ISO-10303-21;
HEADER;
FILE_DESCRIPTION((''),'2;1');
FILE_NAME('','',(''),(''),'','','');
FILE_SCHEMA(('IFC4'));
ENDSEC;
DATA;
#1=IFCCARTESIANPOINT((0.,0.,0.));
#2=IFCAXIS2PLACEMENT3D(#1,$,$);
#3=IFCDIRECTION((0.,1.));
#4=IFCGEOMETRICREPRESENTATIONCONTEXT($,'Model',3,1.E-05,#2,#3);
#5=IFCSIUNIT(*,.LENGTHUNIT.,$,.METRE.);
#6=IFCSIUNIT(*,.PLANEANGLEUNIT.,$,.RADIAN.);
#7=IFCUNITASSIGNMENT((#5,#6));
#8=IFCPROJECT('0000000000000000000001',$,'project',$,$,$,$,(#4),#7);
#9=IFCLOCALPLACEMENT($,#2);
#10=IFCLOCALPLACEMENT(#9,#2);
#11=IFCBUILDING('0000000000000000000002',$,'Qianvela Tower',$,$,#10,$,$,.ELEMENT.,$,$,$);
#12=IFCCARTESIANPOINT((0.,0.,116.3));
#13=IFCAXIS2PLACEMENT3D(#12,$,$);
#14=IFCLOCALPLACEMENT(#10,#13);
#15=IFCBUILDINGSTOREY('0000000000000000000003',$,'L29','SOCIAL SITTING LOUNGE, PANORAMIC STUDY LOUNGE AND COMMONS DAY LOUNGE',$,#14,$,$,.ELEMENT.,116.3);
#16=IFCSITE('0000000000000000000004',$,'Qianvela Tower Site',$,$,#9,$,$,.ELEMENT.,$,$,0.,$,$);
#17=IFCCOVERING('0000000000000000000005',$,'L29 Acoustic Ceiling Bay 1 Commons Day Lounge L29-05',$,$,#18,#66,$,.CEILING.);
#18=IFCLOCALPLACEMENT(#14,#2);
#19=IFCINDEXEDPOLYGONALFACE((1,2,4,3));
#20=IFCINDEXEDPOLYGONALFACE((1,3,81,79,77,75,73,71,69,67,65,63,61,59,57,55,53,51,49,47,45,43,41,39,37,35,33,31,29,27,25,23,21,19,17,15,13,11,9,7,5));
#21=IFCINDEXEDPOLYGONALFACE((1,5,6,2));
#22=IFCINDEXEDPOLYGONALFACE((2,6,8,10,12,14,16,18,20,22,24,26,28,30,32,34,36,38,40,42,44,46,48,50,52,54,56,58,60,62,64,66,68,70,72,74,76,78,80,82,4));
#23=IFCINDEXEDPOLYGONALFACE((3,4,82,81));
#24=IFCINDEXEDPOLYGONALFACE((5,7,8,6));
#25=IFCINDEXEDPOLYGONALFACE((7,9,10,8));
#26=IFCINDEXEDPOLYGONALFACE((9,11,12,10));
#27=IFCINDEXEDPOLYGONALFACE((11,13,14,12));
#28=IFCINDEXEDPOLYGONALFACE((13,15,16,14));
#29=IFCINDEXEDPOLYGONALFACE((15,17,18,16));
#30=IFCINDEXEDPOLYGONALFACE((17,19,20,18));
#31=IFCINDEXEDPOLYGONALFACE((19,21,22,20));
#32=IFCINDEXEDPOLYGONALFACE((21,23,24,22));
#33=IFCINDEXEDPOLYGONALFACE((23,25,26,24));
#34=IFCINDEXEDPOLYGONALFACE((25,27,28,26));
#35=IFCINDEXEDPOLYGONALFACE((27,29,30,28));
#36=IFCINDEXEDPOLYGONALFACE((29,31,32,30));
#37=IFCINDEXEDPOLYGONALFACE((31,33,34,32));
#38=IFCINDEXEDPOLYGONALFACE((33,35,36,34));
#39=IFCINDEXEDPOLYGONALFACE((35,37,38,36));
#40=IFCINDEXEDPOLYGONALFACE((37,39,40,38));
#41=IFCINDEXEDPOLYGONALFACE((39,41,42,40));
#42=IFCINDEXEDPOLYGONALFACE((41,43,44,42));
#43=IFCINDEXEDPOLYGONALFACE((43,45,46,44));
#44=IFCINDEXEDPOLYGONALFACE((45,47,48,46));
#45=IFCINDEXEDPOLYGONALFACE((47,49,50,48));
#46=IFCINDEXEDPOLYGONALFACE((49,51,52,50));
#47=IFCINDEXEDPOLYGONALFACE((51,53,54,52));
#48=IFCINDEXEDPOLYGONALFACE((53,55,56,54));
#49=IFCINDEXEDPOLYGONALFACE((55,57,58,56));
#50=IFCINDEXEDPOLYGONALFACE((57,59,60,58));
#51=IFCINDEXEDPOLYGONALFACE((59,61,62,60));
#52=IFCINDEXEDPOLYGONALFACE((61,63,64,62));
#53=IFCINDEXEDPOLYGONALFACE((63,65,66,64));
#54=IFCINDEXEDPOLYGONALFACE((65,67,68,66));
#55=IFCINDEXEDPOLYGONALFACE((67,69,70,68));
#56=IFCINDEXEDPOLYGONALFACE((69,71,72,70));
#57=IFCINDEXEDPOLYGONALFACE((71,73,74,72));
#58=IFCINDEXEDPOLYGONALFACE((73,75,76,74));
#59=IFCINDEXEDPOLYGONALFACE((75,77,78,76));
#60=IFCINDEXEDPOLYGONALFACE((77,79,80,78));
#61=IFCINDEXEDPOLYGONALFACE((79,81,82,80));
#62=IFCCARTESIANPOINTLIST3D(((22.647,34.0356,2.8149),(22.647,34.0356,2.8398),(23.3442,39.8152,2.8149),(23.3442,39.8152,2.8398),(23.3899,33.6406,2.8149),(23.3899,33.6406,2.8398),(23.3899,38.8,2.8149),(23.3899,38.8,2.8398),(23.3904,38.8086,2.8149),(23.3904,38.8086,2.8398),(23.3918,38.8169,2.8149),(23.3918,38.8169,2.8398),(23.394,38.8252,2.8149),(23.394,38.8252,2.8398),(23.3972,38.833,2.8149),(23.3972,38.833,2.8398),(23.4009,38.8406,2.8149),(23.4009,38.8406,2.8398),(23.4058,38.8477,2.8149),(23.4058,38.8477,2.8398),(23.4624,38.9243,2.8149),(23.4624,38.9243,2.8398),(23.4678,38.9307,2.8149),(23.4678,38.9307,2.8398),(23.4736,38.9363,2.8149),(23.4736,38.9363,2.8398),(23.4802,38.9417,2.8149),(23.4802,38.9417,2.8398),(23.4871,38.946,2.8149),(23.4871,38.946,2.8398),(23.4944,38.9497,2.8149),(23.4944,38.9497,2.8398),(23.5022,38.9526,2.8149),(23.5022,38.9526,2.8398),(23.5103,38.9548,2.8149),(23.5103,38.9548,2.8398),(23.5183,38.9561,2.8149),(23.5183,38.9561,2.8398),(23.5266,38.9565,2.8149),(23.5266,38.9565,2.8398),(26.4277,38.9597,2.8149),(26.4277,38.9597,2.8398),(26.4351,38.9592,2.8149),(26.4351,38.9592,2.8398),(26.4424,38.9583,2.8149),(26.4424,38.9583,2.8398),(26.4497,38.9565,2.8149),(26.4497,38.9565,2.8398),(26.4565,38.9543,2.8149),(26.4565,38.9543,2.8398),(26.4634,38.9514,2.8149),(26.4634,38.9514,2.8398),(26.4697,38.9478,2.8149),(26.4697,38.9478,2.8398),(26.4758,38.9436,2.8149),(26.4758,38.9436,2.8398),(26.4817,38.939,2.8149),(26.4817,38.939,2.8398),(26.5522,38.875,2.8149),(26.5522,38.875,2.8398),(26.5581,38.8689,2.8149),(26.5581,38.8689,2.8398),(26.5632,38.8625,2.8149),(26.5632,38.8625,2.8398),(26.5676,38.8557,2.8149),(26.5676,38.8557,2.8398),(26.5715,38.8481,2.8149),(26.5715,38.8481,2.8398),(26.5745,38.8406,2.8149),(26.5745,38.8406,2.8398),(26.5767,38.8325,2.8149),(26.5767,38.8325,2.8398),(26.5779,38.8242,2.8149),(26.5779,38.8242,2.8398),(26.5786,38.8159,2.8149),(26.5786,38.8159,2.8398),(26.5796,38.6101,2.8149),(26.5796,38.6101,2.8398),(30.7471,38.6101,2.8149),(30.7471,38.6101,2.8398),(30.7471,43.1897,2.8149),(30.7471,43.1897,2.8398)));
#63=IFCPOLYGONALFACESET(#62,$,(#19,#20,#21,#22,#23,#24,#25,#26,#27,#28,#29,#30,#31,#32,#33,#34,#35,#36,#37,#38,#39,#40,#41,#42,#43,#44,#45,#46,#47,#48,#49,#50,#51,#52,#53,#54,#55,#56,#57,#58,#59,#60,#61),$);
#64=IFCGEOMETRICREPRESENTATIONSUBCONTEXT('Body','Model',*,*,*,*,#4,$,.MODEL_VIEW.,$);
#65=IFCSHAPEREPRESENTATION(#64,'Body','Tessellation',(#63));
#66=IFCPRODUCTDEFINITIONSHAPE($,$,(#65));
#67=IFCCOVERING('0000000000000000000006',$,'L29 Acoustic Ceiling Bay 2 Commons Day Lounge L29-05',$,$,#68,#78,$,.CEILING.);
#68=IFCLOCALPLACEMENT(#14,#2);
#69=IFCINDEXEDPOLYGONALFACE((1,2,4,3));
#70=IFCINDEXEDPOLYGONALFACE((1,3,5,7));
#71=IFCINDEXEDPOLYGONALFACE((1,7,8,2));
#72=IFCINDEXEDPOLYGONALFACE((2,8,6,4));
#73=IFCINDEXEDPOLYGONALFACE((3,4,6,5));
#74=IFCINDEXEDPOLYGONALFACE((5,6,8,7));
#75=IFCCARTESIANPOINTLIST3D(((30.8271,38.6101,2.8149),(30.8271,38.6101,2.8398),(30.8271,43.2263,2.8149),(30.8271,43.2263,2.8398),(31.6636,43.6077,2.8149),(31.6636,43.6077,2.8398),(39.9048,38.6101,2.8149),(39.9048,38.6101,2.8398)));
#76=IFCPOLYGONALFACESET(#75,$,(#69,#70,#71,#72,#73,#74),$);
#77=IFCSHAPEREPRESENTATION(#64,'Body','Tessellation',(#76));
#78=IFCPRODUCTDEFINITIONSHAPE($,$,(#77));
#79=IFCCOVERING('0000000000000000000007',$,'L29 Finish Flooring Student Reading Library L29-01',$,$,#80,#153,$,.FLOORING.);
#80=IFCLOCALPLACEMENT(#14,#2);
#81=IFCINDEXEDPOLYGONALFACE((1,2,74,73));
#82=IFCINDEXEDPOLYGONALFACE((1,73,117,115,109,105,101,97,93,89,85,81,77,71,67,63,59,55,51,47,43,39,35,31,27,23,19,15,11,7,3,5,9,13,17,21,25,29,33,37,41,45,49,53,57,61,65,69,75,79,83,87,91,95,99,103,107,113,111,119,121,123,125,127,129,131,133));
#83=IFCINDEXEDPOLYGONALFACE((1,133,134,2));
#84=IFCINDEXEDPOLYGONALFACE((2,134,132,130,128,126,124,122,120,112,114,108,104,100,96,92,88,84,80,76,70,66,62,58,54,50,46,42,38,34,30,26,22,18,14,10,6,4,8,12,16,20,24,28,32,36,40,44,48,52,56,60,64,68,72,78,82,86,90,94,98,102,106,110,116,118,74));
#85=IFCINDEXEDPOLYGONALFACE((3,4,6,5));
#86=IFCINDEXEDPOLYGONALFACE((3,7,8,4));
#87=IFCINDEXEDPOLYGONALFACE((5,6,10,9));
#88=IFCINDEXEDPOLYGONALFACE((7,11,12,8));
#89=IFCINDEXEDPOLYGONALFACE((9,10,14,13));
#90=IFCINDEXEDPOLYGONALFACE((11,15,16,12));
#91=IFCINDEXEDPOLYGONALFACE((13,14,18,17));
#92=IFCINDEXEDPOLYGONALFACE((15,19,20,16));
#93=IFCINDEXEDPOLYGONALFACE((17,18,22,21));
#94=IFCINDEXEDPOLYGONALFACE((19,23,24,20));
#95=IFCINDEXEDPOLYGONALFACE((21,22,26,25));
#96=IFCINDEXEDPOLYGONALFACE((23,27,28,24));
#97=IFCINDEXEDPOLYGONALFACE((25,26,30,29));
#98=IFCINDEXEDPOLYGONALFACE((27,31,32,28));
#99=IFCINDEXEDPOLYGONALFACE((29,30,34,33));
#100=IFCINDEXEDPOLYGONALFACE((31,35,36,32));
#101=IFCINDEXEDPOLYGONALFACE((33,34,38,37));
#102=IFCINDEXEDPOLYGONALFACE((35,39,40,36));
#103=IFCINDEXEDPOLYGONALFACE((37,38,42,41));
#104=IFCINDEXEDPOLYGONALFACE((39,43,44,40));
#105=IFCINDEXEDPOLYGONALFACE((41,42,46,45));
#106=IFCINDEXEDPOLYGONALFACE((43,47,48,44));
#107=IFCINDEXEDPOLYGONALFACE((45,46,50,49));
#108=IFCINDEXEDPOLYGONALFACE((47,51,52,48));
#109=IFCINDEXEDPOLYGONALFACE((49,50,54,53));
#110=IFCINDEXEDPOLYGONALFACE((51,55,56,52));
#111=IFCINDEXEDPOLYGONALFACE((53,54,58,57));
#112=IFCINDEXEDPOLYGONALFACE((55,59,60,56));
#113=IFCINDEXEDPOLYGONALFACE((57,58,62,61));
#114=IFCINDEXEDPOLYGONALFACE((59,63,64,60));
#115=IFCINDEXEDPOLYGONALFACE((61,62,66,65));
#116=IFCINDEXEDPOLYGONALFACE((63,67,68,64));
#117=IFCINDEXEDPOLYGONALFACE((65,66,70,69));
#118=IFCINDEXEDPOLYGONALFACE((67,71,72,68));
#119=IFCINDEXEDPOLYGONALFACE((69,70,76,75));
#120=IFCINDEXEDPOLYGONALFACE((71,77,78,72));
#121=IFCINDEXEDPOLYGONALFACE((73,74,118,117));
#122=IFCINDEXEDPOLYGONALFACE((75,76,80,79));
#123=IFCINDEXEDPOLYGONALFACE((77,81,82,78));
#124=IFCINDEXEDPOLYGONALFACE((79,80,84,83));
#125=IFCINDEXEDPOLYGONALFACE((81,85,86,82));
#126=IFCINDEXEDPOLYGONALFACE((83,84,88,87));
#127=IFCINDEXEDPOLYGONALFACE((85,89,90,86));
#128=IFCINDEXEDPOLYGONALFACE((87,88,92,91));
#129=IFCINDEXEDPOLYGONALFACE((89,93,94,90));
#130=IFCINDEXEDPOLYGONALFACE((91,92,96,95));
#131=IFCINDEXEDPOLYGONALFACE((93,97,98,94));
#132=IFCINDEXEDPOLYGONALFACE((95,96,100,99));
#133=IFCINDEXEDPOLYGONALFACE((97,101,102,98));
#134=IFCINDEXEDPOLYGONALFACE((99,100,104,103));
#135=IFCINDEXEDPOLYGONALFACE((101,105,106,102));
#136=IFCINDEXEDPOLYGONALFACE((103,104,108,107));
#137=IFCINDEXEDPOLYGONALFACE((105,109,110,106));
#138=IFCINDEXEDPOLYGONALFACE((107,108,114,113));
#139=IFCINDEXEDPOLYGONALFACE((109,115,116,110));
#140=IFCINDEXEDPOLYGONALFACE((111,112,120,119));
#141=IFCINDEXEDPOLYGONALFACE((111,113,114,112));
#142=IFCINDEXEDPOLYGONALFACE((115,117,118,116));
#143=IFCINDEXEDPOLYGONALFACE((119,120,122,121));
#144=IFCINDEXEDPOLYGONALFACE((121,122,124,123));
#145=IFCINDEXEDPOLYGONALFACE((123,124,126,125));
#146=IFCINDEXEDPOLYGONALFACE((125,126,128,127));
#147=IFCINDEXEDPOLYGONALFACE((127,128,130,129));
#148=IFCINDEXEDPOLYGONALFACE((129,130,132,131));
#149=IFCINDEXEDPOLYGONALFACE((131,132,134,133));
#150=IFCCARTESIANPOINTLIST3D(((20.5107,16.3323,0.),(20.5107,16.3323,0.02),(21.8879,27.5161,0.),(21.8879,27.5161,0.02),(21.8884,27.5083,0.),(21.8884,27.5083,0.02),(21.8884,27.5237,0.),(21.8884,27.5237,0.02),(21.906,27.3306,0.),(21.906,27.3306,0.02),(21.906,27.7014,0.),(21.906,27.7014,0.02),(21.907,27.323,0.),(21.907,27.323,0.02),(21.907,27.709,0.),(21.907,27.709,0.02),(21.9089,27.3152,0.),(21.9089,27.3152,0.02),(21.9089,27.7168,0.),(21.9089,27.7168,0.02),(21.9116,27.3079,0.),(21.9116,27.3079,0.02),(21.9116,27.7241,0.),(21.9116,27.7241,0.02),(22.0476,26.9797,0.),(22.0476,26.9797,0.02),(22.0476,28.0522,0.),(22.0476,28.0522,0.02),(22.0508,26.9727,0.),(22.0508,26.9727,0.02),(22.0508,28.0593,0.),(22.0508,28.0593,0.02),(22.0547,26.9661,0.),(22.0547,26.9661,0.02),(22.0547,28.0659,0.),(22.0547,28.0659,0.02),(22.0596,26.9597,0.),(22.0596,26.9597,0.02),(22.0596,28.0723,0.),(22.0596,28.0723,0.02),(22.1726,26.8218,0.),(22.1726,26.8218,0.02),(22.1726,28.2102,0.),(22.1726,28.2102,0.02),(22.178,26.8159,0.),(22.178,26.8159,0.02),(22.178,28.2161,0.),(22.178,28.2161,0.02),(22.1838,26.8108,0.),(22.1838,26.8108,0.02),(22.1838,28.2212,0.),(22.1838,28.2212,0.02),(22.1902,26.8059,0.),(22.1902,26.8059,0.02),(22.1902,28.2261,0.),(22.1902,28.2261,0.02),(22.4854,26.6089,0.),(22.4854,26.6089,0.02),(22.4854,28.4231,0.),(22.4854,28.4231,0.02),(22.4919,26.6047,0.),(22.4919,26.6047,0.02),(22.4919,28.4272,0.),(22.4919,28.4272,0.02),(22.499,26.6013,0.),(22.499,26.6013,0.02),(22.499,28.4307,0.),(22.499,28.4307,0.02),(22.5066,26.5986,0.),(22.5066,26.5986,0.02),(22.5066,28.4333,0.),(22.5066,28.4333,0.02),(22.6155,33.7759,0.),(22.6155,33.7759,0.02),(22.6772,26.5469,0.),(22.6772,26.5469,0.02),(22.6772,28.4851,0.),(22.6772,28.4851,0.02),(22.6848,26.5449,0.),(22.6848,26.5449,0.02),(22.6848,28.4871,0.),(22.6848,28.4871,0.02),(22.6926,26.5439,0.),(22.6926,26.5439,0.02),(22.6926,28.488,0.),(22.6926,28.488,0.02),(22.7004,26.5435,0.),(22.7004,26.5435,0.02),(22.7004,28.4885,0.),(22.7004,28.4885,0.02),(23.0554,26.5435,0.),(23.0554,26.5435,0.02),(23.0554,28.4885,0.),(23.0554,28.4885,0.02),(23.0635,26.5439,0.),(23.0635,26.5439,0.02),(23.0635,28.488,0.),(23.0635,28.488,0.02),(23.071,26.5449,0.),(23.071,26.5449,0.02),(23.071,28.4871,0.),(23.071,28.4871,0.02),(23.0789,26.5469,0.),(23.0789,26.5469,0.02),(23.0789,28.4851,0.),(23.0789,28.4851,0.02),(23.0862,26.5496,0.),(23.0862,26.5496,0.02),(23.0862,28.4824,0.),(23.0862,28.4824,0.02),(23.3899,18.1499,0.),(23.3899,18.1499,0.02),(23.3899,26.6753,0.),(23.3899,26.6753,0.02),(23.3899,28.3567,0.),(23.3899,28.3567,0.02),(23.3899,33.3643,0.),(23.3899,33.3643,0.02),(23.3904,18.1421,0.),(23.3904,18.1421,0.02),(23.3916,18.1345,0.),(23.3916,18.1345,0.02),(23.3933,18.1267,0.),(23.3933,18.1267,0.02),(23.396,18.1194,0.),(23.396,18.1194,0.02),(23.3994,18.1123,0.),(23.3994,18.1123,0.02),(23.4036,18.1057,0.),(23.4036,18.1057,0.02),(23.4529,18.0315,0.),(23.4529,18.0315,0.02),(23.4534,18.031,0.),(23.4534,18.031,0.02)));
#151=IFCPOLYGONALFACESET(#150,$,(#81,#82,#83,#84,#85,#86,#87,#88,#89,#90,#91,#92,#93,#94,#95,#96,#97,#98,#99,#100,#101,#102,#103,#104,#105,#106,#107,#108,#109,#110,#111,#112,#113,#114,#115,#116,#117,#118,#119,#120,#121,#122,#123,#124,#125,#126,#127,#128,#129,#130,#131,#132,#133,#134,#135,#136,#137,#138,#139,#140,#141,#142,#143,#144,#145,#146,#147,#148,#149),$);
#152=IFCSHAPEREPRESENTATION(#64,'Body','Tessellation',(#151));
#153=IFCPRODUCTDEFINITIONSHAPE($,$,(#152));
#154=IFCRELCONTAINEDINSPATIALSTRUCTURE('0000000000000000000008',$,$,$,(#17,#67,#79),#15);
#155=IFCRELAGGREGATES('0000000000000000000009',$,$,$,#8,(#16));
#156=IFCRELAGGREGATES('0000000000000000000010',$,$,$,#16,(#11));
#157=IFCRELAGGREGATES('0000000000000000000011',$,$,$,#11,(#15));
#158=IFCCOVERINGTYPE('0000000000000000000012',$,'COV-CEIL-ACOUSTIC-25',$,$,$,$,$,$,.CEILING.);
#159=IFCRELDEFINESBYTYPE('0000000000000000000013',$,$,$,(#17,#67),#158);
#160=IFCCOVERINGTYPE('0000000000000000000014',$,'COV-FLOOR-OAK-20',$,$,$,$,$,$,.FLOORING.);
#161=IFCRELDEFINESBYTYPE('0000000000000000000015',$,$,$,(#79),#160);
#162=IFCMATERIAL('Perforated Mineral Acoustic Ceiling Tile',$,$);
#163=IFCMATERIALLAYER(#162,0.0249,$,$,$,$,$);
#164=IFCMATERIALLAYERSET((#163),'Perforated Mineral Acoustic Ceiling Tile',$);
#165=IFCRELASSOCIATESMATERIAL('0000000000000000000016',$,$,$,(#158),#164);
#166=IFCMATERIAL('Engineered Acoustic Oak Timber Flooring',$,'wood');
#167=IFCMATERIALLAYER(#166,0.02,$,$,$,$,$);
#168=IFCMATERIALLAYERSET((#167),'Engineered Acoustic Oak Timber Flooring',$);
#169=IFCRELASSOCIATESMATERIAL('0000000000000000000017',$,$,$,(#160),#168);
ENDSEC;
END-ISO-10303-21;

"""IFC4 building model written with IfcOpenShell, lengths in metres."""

from ifc_helpers import new_model, si_unit, direction, frame, origin, place, context, subcontext, project, spatial, polyline, outline, extrude, material, layer, layer_set, type_object, element, save


model = new_model("IFC4")

# Units and contexts
model_context = context("Model", 3, precision=1e-05, world=origin(), true_north=direction((0.0, 1.0)))
body_context = subcontext(model_context, "Body", "Model", "MODEL_VIEW")
ifc_project = project(units=[si_unit("LENGTHUNIT", "METRE"), si_unit("PLANEANGLEUNIT", "RADIAN")], contexts=[model_context])

# Site, building, storey
site_placement = place(None, origin())
site = spatial("IfcSite", under=ifc_project, at=site_placement, Name="Qianvela Tower Site", CompositionType="ELEMENT", RefElevation=0.0)
building_placement = place(site_placement, origin())
building = spatial("IfcBuilding", under=site, at=building_placement, Name="Qianvela Tower", CompositionType="ELEMENT")
storey_placement = place(building_placement, frame((0.0, 0.0, 116.3)))
storey = spatial("IfcBuildingStorey", under=building, at=storey_placement, Name="L29", Description="SOCIAL SITTING LOUNGE, PANORAMIC STUDY LOUNGE AND COMMONS DAY LOUNGE", CompositionType="ELEMENT", Elevation=116.3)

# Coverings
ifc_material_1 = material(Name="Perforated Mineral Acoustic Ceiling Tile")
ifc_layer_1 = layer(ifc_material_1, 0.0249)
ifc_layer_set_1 = layer_set([ifc_layer_1], Name="Perforated Mineral Acoustic Ceiling Tile")
covering_type_1 = type_object("IfcCoveringType", Name="COV-CEIL-ACOUSTIC-25", PredefinedType="CEILING", material=ifc_layer_set_1)
covering_1_placement = place(storey_placement, frame((0.0, 0.0, 2.8149)))
element("IfcCovering", 1, at=covering_1_placement, inside=storey, type_object=covering_type_1, Name="L29 Acoustic Ceiling Bay 1 Commons Day Lounge L29-05", PredefinedType="CEILING", context=body_context, shape_type="SweptSolid", body=[
    extrude(outline(polyline([(26.5796, 38.6101), (26.5786, 38.8159), (26.5779, 38.8242), (26.5767, 38.8325), (26.5745, 38.8406), (26.5715, 38.8481), (26.5676, 38.8557), (26.5632, 38.8625), (26.5581, 38.8689), (26.5522, 38.875), (26.4817, 38.939), (26.4758, 38.9436), (26.4697, 38.9478), (26.4634, 38.9514), (26.4565, 38.9543), (26.4497, 38.9565), (26.4424, 38.9583), (26.4351, 38.9592), (26.4277, 38.9597), (23.5266, 38.9565), (23.5183, 38.9561), (23.5103, 38.9548), (23.5022, 38.9526), (23.4944, 38.9497), (23.4871, 38.946), (23.4802, 38.9417), (23.4736, 38.9363), (23.4678, 38.9307), (23.4624, 38.9243), (23.4058, 38.8477), (23.4009, 38.8406), (23.3972, 38.833), (23.394, 38.8252), (23.3918, 38.8169), (23.3904, 38.8086), (23.3899, 38.8), (23.3899, 33.6406), (22.647, 34.0356), (23.3442, 39.8152), (30.7471, 43.1897), (30.7471, 38.6101), (26.5796, 38.6101)])), origin(), (0.0, 0.0, 1.0), 0.0249),
])
covering_2_placement = place(storey_placement, frame((0.0, 0.0, 2.8149)))
element("IfcCovering", 2, at=covering_2_placement, inside=storey, type_object=covering_type_1, Name="L29 Acoustic Ceiling Bay 2 Commons Day Lounge L29-05", PredefinedType="CEILING", context=body_context, shape_type="SweptSolid", body=[
    extrude(outline(polyline([(39.9048, 38.6101), (30.8271, 38.6101), (30.8271, 43.2263), (31.6636, 43.6077), (39.9048, 38.6101)])), origin(), (0.0, 0.0, 1.0), 0.0249),
])
ifc_material_2 = material(Name="Engineered Acoustic Oak Timber Flooring", Category="wood")
ifc_layer_2 = layer(ifc_material_2, 0.02)
ifc_layer_set_2 = layer_set([ifc_layer_2], Name="Engineered Acoustic Oak Timber Flooring")
covering_type_2 = type_object("IfcCoveringType", Name="COV-FLOOR-OAK-20", PredefinedType="FLOORING", material=ifc_layer_set_2)
covering_3_placement = place(storey_placement, origin())
element("IfcCovering", 3, at=covering_3_placement, inside=storey, type_object=covering_type_2, Name="L29 Finish Flooring Student Reading Library L29-01", PredefinedType="FLOORING", context=body_context, shape_type="SweptSolid", body=[
    extrude(outline(polyline([(23.3899, 26.6753), (23.3899, 18.1499), (23.3904, 18.1421), (23.3916, 18.1345), (23.3933, 18.1267), (23.396, 18.1194), (23.3994, 18.1123), (23.4036, 18.1057), (23.4529, 18.0315), (23.4534, 18.031), (20.5107, 16.3323), (22.6155, 33.7759), (23.3899, 33.3643), (23.3899, 28.3567), (23.0862, 28.4824), (23.0789, 28.4851), (23.071, 28.4871), (23.0635, 28.488), (23.0554, 28.4885), (22.7004, 28.4885), (22.6926, 28.488), (22.6848, 28.4871), (22.6772, 28.4851), (22.5066, 28.4333), (22.499, 28.4307), (22.4919, 28.4272), (22.4854, 28.4231), (22.1902, 28.2261), (22.1838, 28.2212), (22.178, 28.2161), (22.1726, 28.2102), (22.0596, 28.0723), (22.0547, 28.0659), (22.0508, 28.0593), (22.0476, 28.0522), (21.9116, 27.7241), (21.9089, 27.7168), (21.907, 27.709), (21.906, 27.7014), (21.8884, 27.5237), (21.8879, 27.5161), (21.8884, 27.5083), (21.906, 27.3306), (21.907, 27.323), (21.9089, 27.3152), (21.9116, 27.3079), (22.0476, 26.9797), (22.0508, 26.9727), (22.0547, 26.9661), (22.0596, 26.9597), (22.1726, 26.8218), (22.178, 26.8159), (22.1838, 26.8108), (22.1902, 26.8059), (22.4854, 26.6089), (22.4919, 26.6047), (22.499, 26.6013), (22.5066, 26.5986), (22.6772, 26.5469), (22.6848, 26.5449), (22.6926, 26.5439), (22.7004, 26.5435), (23.0554, 26.5435), (23.0635, 26.5439), (23.071, 26.5449), (23.0789, 26.5469), (23.0862, 26.5496), (23.3899, 26.6753)])), origin(), (0.0, 0.0, 1.0), 0.02),
])

save(model, "model.ifc")
